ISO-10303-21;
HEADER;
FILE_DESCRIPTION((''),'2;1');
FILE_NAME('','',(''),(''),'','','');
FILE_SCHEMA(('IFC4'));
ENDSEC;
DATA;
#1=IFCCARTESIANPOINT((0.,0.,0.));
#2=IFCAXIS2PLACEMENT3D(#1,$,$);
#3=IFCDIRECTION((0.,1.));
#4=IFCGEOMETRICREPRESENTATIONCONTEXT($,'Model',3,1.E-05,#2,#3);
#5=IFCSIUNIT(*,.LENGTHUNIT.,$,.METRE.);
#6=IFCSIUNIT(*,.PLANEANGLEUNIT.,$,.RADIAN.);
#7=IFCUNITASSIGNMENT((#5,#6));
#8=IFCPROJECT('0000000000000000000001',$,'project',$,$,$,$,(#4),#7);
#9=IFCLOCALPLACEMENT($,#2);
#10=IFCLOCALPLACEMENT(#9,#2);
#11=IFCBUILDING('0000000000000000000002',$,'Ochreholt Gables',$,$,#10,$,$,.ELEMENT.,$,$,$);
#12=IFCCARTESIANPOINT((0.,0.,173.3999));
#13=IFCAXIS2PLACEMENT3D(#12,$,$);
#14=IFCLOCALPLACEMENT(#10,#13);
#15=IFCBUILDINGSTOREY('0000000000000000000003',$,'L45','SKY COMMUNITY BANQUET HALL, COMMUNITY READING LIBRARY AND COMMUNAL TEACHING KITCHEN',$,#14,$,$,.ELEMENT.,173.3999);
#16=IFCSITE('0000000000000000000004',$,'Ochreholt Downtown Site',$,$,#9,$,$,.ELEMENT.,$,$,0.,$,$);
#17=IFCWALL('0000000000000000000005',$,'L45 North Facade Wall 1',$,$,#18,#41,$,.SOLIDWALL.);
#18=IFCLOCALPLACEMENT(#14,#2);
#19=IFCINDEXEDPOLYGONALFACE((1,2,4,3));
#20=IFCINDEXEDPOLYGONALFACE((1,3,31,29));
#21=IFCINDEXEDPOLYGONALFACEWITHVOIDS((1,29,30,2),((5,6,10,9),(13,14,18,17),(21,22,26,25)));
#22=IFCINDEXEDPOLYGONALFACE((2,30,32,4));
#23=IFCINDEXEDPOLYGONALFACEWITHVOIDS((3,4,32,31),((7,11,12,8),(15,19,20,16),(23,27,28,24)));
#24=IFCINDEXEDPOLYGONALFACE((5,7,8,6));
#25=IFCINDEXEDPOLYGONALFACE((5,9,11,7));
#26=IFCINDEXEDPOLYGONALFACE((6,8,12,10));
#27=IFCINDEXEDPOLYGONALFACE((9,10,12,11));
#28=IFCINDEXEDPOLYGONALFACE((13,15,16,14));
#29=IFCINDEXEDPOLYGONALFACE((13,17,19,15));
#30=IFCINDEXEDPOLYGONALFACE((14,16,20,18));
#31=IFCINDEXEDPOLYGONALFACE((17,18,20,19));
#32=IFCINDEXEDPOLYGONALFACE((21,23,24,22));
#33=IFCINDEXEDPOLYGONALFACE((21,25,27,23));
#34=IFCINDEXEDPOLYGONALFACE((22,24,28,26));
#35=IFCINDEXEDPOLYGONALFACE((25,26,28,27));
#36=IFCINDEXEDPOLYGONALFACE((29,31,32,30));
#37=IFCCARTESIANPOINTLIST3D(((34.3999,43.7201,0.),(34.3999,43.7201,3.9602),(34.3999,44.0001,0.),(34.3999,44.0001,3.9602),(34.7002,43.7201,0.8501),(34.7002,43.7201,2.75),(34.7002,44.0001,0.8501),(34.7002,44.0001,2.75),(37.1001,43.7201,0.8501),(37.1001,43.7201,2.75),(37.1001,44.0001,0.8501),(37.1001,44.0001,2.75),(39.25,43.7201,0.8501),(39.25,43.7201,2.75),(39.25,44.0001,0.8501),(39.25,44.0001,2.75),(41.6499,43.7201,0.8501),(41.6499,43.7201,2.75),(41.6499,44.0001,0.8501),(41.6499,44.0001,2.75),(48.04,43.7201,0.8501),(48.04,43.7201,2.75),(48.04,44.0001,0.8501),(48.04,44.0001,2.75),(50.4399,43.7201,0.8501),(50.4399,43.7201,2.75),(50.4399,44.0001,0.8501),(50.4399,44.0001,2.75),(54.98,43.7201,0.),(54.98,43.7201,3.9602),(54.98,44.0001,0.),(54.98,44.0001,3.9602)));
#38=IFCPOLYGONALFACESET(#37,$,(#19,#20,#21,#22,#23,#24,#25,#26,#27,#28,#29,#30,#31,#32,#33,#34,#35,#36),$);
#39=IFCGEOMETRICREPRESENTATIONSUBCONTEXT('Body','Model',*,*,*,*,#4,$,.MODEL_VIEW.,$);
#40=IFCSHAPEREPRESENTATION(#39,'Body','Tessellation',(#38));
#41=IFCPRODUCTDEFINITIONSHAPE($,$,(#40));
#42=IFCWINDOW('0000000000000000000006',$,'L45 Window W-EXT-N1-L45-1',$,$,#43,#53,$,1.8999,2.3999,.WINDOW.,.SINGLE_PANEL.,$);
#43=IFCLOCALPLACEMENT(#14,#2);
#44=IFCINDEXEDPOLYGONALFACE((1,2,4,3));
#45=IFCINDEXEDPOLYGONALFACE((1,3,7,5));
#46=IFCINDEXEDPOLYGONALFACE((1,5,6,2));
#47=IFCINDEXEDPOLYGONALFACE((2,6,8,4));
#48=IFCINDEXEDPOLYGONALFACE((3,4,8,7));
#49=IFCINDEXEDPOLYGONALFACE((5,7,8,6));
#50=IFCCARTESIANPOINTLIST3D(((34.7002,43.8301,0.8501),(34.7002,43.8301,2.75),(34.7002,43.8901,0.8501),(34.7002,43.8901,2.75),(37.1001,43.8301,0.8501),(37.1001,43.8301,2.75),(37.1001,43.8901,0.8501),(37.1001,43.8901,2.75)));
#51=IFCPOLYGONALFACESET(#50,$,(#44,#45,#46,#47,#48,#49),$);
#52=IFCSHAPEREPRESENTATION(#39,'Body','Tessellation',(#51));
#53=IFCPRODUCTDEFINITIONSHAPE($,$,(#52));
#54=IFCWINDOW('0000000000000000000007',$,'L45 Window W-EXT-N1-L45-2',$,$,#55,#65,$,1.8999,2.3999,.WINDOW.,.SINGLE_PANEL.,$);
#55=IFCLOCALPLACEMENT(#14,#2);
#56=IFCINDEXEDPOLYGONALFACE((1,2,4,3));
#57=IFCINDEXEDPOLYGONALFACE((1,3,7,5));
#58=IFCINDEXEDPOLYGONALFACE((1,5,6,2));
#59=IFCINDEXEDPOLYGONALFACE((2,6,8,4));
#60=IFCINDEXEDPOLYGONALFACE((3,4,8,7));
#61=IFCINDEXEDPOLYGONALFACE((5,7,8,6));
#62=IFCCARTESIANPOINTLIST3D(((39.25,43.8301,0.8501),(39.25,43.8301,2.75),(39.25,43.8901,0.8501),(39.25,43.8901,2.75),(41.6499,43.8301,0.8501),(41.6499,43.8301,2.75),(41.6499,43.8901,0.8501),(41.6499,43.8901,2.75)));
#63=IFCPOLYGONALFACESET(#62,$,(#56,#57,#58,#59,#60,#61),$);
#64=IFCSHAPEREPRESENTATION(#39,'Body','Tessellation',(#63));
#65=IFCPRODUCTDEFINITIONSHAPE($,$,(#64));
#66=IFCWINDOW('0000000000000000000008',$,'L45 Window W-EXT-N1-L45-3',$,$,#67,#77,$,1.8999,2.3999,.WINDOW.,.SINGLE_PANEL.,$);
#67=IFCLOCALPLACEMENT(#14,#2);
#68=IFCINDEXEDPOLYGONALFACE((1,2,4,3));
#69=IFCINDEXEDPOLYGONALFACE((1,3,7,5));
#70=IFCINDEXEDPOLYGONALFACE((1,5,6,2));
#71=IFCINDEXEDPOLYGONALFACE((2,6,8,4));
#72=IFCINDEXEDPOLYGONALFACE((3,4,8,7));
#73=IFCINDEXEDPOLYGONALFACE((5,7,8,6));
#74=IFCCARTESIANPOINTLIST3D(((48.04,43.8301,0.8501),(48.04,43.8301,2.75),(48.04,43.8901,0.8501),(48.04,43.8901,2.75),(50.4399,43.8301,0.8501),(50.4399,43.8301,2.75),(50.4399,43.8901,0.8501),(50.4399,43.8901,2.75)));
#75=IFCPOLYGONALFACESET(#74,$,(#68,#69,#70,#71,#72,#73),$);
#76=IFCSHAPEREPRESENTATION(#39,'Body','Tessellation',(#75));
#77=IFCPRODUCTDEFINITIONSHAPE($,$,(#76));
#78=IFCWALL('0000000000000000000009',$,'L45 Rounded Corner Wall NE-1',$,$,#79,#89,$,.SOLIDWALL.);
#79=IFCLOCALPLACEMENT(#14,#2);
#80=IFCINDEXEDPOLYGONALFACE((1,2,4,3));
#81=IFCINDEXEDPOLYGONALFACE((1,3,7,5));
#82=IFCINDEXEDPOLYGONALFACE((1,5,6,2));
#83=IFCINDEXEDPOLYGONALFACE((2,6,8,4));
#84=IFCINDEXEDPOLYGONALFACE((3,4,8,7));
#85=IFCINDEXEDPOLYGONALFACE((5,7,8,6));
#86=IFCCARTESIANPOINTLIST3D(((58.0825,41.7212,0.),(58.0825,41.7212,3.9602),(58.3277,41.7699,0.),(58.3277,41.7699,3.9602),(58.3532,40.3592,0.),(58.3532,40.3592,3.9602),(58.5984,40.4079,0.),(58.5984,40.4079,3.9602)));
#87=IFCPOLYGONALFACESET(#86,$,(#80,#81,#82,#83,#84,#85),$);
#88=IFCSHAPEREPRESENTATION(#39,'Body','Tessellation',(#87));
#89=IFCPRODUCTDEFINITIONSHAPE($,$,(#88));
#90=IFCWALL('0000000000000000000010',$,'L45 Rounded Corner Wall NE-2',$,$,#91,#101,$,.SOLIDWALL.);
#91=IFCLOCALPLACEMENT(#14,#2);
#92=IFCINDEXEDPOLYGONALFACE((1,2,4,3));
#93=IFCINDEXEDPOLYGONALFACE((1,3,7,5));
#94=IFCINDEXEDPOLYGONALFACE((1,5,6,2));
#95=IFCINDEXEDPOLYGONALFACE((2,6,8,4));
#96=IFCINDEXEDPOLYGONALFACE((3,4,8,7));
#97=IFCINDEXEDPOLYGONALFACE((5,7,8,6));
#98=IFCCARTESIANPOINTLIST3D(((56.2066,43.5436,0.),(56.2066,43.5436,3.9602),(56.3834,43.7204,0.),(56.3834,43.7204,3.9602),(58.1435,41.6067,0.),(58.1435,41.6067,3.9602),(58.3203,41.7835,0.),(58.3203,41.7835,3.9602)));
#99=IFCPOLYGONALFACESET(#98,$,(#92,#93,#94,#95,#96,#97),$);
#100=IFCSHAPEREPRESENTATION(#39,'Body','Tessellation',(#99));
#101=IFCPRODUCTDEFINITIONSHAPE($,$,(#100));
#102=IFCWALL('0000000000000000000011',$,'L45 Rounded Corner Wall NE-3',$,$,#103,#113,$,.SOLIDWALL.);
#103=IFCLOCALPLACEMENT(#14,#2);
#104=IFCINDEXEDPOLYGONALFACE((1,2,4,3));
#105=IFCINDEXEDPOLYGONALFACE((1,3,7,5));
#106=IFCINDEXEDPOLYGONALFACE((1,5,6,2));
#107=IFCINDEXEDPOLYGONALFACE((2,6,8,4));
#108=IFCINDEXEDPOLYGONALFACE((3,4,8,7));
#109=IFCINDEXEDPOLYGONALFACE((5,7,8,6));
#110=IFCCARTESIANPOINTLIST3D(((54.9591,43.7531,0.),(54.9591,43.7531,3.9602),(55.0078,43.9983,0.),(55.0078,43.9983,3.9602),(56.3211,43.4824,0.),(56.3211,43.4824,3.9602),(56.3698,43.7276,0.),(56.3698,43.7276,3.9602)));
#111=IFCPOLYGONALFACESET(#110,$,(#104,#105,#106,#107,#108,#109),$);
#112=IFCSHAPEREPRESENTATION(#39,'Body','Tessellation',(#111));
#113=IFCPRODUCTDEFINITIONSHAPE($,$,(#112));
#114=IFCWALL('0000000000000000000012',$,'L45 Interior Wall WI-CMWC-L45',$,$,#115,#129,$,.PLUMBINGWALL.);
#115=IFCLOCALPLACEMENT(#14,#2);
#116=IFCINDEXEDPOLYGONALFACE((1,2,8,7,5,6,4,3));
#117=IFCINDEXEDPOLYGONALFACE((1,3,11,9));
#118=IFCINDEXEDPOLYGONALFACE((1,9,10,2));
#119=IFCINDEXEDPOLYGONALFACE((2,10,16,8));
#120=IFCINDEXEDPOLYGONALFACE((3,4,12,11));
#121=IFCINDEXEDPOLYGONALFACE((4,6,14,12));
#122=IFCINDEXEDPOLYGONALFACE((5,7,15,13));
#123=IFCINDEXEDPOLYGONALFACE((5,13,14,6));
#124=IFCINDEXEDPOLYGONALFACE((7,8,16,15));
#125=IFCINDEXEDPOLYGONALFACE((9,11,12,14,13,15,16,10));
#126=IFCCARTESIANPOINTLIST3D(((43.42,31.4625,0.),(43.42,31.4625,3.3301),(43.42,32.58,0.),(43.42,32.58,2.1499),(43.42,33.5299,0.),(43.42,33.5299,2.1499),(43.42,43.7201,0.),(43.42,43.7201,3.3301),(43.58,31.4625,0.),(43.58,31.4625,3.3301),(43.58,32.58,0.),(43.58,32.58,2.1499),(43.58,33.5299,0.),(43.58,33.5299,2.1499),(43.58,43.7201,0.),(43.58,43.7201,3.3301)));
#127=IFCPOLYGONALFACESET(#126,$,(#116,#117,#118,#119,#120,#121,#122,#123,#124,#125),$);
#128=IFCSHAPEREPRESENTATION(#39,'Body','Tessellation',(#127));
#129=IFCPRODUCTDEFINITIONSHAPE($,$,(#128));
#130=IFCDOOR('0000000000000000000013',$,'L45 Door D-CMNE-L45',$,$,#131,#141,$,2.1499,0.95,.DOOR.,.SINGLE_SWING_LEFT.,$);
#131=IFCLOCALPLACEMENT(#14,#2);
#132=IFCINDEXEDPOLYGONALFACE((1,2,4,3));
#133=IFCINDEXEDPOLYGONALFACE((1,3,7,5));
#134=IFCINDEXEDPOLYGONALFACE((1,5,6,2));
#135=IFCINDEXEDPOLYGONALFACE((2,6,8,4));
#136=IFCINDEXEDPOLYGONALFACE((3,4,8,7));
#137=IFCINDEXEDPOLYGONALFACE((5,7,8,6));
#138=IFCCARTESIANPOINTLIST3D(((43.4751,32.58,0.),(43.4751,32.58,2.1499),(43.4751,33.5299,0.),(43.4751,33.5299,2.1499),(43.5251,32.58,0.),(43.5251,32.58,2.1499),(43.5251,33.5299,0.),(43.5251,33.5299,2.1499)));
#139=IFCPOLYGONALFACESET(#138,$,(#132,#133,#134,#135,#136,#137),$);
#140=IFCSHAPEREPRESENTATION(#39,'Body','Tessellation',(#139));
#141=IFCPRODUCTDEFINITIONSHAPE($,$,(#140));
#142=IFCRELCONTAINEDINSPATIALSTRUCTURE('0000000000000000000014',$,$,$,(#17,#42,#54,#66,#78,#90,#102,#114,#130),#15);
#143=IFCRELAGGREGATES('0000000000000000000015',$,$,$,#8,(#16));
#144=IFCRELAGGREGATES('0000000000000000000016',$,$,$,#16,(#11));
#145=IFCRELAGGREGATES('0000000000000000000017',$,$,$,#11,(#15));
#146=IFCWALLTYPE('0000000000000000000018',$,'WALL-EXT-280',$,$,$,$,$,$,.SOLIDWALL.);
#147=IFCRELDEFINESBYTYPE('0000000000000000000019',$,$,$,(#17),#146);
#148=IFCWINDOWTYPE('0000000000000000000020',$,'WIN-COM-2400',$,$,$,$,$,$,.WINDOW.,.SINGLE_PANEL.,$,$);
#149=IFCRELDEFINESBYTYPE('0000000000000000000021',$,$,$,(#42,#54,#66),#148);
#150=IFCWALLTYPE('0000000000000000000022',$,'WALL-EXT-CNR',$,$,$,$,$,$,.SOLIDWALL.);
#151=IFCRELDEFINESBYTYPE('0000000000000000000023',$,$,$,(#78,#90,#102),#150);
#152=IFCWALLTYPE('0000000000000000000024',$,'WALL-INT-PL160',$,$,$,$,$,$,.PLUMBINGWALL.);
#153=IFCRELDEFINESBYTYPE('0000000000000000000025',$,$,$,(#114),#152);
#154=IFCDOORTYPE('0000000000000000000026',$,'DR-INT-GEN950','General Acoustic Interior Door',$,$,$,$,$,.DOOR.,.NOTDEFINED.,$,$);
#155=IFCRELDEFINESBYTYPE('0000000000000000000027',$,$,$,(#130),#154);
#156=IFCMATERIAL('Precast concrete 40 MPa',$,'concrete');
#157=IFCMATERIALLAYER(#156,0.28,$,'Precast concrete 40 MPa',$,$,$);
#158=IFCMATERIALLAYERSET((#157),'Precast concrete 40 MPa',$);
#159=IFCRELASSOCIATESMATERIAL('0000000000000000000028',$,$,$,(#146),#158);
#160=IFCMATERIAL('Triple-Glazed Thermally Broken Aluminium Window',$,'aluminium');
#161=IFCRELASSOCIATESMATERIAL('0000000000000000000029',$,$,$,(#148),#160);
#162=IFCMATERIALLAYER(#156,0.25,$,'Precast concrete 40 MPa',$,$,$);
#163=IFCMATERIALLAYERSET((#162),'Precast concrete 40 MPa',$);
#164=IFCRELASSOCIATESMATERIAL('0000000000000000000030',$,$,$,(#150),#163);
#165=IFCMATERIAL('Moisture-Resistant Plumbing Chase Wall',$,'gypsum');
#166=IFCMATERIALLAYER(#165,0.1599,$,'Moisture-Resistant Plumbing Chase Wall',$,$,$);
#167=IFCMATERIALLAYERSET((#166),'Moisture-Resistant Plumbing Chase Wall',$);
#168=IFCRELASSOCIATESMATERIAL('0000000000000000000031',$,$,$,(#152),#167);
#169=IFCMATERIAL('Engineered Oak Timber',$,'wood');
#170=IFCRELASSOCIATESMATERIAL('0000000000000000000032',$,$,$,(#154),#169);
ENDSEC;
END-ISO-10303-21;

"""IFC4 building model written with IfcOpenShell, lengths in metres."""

from ifc_helpers import new_model, si_unit, direction, frame, frame_2d, origin, place, context, subcontext, project, spatial, rectangle, extrude, material, layer, layer_set, type_object, element, fill, save


model = new_model("IFC4")

# Units and contexts
model_context = context("Model", 3, precision=1e-05, world=origin(), true_north=direction((0.0, 1.0)))
body_context = subcontext(model_context, "Body", "Model", "MODEL_VIEW")
ifc_project = project(units=[si_unit("LENGTHUNIT", "METRE"), si_unit("PLANEANGLEUNIT", "RADIAN")], contexts=[model_context])

# Site, building, storey
site_placement = place(None, origin())
site = spatial("IfcSite", under=ifc_project, at=site_placement, Name="Ochreholt Downtown Site", CompositionType="ELEMENT", RefElevation=0.0)
building_placement = place(site_placement, origin())
building = spatial("IfcBuilding", under=site, at=building_placement, Name="Ochreholt Gables", CompositionType="ELEMENT")
storey_placement = place(building_placement, frame((0.0, 0.0, 173.3999)))
storey = spatial("IfcBuildingStorey", under=building, at=storey_placement, Name="L45", Description="SKY COMMUNITY BANQUET HALL, COMMUNITY READING LIBRARY AND COMMUNAL TEACHING KITCHEN", CompositionType="ELEMENT", Elevation=173.3999)

# Wall, openings, windows
ifc_material_1 = material(Name="Precast concrete 40 MPa", Category="concrete")
ifc_layer_1 = layer(ifc_material_1, 0.28, Name="Precast concrete 40 MPa")
ifc_layer_set_1 = layer_set([ifc_layer_1], Name="Precast concrete 40 MPa")
wall_type_1 = type_object("IfcWallType", Name="WALL-EXT-280", PredefinedType="SOLIDWALL", material=ifc_layer_set_1)
wall_1_placement = place(storey_placement, frame((54.98, 43.8601, 0.0), z_axis=(0.0, 0.0, 1.0), x_axis=(-1.0, 0.0, 0.0)))
wall_1 = element("IfcWall", 1, at=wall_1_placement, inside=storey, type_object=wall_type_1, Name="L45 North Facade Wall 1", PredefinedType="SOLIDWALL", context=body_context, shape_type="SweptSolid", body=[
    extrude(rectangle(XDim=20.5801, YDim=0.28, at=frame_2d((10.29, 0.0))), origin(), (0.0, 0.0, 1.0), 3.9602),
])
opening_1_placement = place(wall_1_placement, frame((17.8799, 0.0, 0.8501)))
opening_1 = element("IfcOpeningElement", 2, at=opening_1_placement, cuts=wall_1, PredefinedType="OPENING", context=body_context, shape_type="SweptSolid", body=[
    extrude(rectangle(XDim=2.3999, YDim=1.8999, at=frame_2d((1.2, 0.95))), frame((0.0, 0.1499, 0.0), z_axis=(0.0, -1.0, 0.0), x_axis=(1.0, 0.0, 0.0)), (0.0, 0.0, 1.0), 0.3),
])
opening_2_placement = place(wall_1_placement, frame((13.3301, 0.0, 0.8501)))
opening_2 = element("IfcOpeningElement", 3, at=opening_2_placement, cuts=wall_1, PredefinedType="OPENING", context=body_context, shape_type="SweptSolid", body=[
    extrude(rectangle(XDim=2.3999, YDim=1.8999, at=frame_2d((1.2, 0.95))), frame((0.0, 0.1499, 0.0), z_axis=(0.0, -1.0, 0.0), x_axis=(1.0, 0.0, 0.0)), (0.0, 0.0, 1.0), 0.3),
])
opening_3_placement = place(wall_1_placement, frame((4.54, 0.0, 0.8501)))
opening_3 = element("IfcOpeningElement", 4, at=opening_3_placement, cuts=wall_1, PredefinedType="OPENING", context=body_context, shape_type="SweptSolid", body=[
    extrude(rectangle(XDim=2.3999, YDim=1.8999, at=frame_2d((1.2, 0.95))), frame((0.0, 0.1499, 0.0), z_axis=(0.0, -1.0, 0.0), x_axis=(1.0, 0.0, 0.0)), (0.0, 0.0, 1.0), 0.3),
])
ifc_material_2 = material(Name="Triple-Glazed Thermally Broken Aluminium Window", Category="aluminium")
window_type = type_object("IfcWindowType", Name="WIN-COM-2400", PartitioningType="SINGLE_PANEL", PredefinedType="WINDOW", material=ifc_material_2)
window_1_placement = place(opening_1_placement, origin())
window_1 = element("IfcWindow", 5, at=window_1_placement, inside=storey, type_object=window_type, Name="L45 Window W-EXT-N1-L45-1", OverallHeight=1.8999, OverallWidth=2.3999, PartitioningType="SINGLE_PANEL", PredefinedType="WINDOW", context=body_context, shape_type="SweptSolid", body=[
    extrude(rectangle(XDim=2.3999, YDim=1.8999, at=frame_2d((1.2, 0.95))), frame((0.0, 0.03, 0.0), z_axis=(0.0, -1.0, 0.0), x_axis=(1.0, 0.0, 0.0)), (0.0, 0.0, 1.0), 0.0601),
])
fill(opening_1, window_1)
window_2_placement = place(opening_2_placement, origin())
window_2 = element("IfcWindow", 6, at=window_2_placement, inside=storey, type_object=window_type, Name="L45 Window W-EXT-N1-L45-2", OverallHeight=1.8999, OverallWidth=2.3999, PartitioningType="SINGLE_PANEL", PredefinedType="WINDOW", context=body_context, shape_type="SweptSolid", body=[
    extrude(rectangle(XDim=2.3999, YDim=1.8999, at=frame_2d((1.2, 0.95))), frame((0.0, 0.03, 0.0), z_axis=(0.0, -1.0, 0.0), x_axis=(1.0, 0.0, 0.0)), (0.0, 0.0, 1.0), 0.0601),
])
fill(opening_2, window_2)
window_3_placement = place(opening_3_placement, origin())
window_3 = element("IfcWindow", 7, at=window_3_placement, inside=storey, type_object=window_type, Name="L45 Window W-EXT-N1-L45-3", OverallHeight=1.8999, OverallWidth=2.3999, PartitioningType="SINGLE_PANEL", PredefinedType="WINDOW", context=body_context, shape_type="SweptSolid", body=[
    extrude(rectangle(XDim=2.3999, YDim=1.8999, at=frame_2d((1.2, 0.95))), frame((0.0, 0.03, 0.0), z_axis=(0.0, -1.0, 0.0), x_axis=(1.0, 0.0, 0.0)), (0.0, 0.0, 1.0), 0.0601),
])
fill(opening_3, window_3)

# Walls
ifc_layer_2 = layer(ifc_material_1, 0.25, Name="Precast concrete 40 MPa")
ifc_layer_set_2 = layer_set([ifc_layer_2], Name="Precast concrete 40 MPa")
wall_type_2 = type_object("IfcWallType", Name="WALL-EXT-CNR", PredefinedType="SOLIDWALL", material=ifc_layer_set_2)
wall_2_placement = place(storey_placement, frame((58.4758, 40.3835, 0.0), z_axis=(0.0, 0.0, 1.0), x_axis=(-0.194967, 0.98081, 0.0)))
element("IfcWall", 8, at=wall_2_placement, inside=storey, type_object=wall_type_2, Name="L45 Rounded Corner Wall NE-1", PredefinedType="SOLIDWALL", context=body_context, shape_type="SweptSolid", body=[
    extrude(rectangle(XDim=1.3887, YDim=0.25, at=frame_2d((0.6943, 0.0))), origin(), (0.0, 0.0, 1.0), 3.9602),
])
wall_3_placement = place(storey_placement, frame((58.2319, 41.6951, 0.0), z_axis=(0.0, 0.0, 1.0), x_axis=(-0.707107, 0.707107, 0.0)))
element("IfcWall", 9, at=wall_3_placement, inside=storey, type_object=wall_type_2, Name="L45 Rounded Corner Wall NE-2", PredefinedType="SOLIDWALL", context=body_context, shape_type="SweptSolid", body=[
    extrude(rectangle(XDim=2.7393, YDim=0.25, at=frame_2d((1.3696, 0.0))), origin(), (0.0, 0.0, 1.0), 3.9602),
])
wall_4_placement = place(storey_placement, frame((56.3455, 43.605, 0.0), z_axis=(0.0, 0.0, 1.0), x_axis=(-0.98081, 0.194967, 0.0)))
element("IfcWall", 10, at=wall_4_placement, inside=storey, type_object=wall_type_2, Name="L45 Rounded Corner Wall NE-3", PredefinedType="SOLIDWALL", context=body_context, shape_type="SweptSolid", body=[
    extrude(rectangle(XDim=1.3887, YDim=0.25, at=frame_2d((0.6943, 0.0))), origin(), (0.0, 0.0, 1.0), 3.9602),
])

# Wall, opening, door
ifc_material_3 = material(Name="Moisture-Resistant Plumbing Chase Wall", Category="gypsum")
ifc_layer_3 = layer(ifc_material_3, 0.1599, Name="Moisture-Resistant Plumbing Chase Wall")
ifc_layer_set_3 = layer_set([ifc_layer_3], Name="Moisture-Resistant Plumbing Chase Wall")
wall_type_3 = type_object("IfcWallType", Name="WALL-INT-PL160", PredefinedType="PLUMBINGWALL", material=ifc_layer_set_3)
wall_5_placement = place(storey_placement, frame((43.5, 31.4624, 0.0), z_axis=(0.0, 0.0, 1.0), x_axis=(0.0, 1.0, 0.0)))
wall_5 = element("IfcWall", 11, at=wall_5_placement, inside=storey, type_object=wall_type_3, Name="L45 Interior Wall WI-CMWC-L45", PredefinedType="PLUMBINGWALL", context=body_context, shape_type="SweptSolid", body=[
    extrude(rectangle(XDim=12.2576, YDim=0.1599, at=frame_2d((6.1289, 0.0))), origin(), (0.0, 0.0, 1.0), 3.3301),
])
opening_4_placement = place(wall_5_placement, frame((1.1174, 0.0, 0.0)))
opening_4 = element("IfcOpeningElement", 12, at=opening_4_placement, cuts=wall_5, PredefinedType="OPENING", context=body_context, shape_type="SweptSolid", body=[
    extrude(rectangle(XDim=0.95, YDim=2.1499, at=frame_2d((0.4751, 1.075))), frame((0.0, 0.0898, 0.0), z_axis=(0.0, -1.0, 0.0), x_axis=(1.0, 0.0, 0.0)), (0.0, 0.0, 1.0), 0.1799),
])
ifc_material_4 = material(Name="Engineered Oak Timber", Category="wood")
door_type = type_object("IfcDoorType", Name="DR-INT-GEN950", Description="General Acoustic Interior Door", OperationType="NOTDEFINED", PredefinedType="DOOR", material=ifc_material_4)
door_placement = place(opening_4_placement, origin())
door = element("IfcDoor", 13, at=door_placement, inside=storey, type_object=door_type, Name="L45 Door D-CMNE-L45", OperationType="SINGLE_SWING_LEFT", OverallHeight=2.1499, OverallWidth=0.95, PredefinedType="DOOR", context=body_context, shape_type="SweptSolid", body=[
    extrude(rectangle(XDim=0.95, YDim=2.1499, at=frame_2d((0.4751, 1.075))), frame((0.0, 0.0249, 0.0), z_axis=(0.0, -1.0, 0.0), x_axis=(1.0, 0.0, 0.0)), (0.0, 0.0, 1.0), 0.05),
])
fill(opening_4, door)

save(model, "model.ifc")
